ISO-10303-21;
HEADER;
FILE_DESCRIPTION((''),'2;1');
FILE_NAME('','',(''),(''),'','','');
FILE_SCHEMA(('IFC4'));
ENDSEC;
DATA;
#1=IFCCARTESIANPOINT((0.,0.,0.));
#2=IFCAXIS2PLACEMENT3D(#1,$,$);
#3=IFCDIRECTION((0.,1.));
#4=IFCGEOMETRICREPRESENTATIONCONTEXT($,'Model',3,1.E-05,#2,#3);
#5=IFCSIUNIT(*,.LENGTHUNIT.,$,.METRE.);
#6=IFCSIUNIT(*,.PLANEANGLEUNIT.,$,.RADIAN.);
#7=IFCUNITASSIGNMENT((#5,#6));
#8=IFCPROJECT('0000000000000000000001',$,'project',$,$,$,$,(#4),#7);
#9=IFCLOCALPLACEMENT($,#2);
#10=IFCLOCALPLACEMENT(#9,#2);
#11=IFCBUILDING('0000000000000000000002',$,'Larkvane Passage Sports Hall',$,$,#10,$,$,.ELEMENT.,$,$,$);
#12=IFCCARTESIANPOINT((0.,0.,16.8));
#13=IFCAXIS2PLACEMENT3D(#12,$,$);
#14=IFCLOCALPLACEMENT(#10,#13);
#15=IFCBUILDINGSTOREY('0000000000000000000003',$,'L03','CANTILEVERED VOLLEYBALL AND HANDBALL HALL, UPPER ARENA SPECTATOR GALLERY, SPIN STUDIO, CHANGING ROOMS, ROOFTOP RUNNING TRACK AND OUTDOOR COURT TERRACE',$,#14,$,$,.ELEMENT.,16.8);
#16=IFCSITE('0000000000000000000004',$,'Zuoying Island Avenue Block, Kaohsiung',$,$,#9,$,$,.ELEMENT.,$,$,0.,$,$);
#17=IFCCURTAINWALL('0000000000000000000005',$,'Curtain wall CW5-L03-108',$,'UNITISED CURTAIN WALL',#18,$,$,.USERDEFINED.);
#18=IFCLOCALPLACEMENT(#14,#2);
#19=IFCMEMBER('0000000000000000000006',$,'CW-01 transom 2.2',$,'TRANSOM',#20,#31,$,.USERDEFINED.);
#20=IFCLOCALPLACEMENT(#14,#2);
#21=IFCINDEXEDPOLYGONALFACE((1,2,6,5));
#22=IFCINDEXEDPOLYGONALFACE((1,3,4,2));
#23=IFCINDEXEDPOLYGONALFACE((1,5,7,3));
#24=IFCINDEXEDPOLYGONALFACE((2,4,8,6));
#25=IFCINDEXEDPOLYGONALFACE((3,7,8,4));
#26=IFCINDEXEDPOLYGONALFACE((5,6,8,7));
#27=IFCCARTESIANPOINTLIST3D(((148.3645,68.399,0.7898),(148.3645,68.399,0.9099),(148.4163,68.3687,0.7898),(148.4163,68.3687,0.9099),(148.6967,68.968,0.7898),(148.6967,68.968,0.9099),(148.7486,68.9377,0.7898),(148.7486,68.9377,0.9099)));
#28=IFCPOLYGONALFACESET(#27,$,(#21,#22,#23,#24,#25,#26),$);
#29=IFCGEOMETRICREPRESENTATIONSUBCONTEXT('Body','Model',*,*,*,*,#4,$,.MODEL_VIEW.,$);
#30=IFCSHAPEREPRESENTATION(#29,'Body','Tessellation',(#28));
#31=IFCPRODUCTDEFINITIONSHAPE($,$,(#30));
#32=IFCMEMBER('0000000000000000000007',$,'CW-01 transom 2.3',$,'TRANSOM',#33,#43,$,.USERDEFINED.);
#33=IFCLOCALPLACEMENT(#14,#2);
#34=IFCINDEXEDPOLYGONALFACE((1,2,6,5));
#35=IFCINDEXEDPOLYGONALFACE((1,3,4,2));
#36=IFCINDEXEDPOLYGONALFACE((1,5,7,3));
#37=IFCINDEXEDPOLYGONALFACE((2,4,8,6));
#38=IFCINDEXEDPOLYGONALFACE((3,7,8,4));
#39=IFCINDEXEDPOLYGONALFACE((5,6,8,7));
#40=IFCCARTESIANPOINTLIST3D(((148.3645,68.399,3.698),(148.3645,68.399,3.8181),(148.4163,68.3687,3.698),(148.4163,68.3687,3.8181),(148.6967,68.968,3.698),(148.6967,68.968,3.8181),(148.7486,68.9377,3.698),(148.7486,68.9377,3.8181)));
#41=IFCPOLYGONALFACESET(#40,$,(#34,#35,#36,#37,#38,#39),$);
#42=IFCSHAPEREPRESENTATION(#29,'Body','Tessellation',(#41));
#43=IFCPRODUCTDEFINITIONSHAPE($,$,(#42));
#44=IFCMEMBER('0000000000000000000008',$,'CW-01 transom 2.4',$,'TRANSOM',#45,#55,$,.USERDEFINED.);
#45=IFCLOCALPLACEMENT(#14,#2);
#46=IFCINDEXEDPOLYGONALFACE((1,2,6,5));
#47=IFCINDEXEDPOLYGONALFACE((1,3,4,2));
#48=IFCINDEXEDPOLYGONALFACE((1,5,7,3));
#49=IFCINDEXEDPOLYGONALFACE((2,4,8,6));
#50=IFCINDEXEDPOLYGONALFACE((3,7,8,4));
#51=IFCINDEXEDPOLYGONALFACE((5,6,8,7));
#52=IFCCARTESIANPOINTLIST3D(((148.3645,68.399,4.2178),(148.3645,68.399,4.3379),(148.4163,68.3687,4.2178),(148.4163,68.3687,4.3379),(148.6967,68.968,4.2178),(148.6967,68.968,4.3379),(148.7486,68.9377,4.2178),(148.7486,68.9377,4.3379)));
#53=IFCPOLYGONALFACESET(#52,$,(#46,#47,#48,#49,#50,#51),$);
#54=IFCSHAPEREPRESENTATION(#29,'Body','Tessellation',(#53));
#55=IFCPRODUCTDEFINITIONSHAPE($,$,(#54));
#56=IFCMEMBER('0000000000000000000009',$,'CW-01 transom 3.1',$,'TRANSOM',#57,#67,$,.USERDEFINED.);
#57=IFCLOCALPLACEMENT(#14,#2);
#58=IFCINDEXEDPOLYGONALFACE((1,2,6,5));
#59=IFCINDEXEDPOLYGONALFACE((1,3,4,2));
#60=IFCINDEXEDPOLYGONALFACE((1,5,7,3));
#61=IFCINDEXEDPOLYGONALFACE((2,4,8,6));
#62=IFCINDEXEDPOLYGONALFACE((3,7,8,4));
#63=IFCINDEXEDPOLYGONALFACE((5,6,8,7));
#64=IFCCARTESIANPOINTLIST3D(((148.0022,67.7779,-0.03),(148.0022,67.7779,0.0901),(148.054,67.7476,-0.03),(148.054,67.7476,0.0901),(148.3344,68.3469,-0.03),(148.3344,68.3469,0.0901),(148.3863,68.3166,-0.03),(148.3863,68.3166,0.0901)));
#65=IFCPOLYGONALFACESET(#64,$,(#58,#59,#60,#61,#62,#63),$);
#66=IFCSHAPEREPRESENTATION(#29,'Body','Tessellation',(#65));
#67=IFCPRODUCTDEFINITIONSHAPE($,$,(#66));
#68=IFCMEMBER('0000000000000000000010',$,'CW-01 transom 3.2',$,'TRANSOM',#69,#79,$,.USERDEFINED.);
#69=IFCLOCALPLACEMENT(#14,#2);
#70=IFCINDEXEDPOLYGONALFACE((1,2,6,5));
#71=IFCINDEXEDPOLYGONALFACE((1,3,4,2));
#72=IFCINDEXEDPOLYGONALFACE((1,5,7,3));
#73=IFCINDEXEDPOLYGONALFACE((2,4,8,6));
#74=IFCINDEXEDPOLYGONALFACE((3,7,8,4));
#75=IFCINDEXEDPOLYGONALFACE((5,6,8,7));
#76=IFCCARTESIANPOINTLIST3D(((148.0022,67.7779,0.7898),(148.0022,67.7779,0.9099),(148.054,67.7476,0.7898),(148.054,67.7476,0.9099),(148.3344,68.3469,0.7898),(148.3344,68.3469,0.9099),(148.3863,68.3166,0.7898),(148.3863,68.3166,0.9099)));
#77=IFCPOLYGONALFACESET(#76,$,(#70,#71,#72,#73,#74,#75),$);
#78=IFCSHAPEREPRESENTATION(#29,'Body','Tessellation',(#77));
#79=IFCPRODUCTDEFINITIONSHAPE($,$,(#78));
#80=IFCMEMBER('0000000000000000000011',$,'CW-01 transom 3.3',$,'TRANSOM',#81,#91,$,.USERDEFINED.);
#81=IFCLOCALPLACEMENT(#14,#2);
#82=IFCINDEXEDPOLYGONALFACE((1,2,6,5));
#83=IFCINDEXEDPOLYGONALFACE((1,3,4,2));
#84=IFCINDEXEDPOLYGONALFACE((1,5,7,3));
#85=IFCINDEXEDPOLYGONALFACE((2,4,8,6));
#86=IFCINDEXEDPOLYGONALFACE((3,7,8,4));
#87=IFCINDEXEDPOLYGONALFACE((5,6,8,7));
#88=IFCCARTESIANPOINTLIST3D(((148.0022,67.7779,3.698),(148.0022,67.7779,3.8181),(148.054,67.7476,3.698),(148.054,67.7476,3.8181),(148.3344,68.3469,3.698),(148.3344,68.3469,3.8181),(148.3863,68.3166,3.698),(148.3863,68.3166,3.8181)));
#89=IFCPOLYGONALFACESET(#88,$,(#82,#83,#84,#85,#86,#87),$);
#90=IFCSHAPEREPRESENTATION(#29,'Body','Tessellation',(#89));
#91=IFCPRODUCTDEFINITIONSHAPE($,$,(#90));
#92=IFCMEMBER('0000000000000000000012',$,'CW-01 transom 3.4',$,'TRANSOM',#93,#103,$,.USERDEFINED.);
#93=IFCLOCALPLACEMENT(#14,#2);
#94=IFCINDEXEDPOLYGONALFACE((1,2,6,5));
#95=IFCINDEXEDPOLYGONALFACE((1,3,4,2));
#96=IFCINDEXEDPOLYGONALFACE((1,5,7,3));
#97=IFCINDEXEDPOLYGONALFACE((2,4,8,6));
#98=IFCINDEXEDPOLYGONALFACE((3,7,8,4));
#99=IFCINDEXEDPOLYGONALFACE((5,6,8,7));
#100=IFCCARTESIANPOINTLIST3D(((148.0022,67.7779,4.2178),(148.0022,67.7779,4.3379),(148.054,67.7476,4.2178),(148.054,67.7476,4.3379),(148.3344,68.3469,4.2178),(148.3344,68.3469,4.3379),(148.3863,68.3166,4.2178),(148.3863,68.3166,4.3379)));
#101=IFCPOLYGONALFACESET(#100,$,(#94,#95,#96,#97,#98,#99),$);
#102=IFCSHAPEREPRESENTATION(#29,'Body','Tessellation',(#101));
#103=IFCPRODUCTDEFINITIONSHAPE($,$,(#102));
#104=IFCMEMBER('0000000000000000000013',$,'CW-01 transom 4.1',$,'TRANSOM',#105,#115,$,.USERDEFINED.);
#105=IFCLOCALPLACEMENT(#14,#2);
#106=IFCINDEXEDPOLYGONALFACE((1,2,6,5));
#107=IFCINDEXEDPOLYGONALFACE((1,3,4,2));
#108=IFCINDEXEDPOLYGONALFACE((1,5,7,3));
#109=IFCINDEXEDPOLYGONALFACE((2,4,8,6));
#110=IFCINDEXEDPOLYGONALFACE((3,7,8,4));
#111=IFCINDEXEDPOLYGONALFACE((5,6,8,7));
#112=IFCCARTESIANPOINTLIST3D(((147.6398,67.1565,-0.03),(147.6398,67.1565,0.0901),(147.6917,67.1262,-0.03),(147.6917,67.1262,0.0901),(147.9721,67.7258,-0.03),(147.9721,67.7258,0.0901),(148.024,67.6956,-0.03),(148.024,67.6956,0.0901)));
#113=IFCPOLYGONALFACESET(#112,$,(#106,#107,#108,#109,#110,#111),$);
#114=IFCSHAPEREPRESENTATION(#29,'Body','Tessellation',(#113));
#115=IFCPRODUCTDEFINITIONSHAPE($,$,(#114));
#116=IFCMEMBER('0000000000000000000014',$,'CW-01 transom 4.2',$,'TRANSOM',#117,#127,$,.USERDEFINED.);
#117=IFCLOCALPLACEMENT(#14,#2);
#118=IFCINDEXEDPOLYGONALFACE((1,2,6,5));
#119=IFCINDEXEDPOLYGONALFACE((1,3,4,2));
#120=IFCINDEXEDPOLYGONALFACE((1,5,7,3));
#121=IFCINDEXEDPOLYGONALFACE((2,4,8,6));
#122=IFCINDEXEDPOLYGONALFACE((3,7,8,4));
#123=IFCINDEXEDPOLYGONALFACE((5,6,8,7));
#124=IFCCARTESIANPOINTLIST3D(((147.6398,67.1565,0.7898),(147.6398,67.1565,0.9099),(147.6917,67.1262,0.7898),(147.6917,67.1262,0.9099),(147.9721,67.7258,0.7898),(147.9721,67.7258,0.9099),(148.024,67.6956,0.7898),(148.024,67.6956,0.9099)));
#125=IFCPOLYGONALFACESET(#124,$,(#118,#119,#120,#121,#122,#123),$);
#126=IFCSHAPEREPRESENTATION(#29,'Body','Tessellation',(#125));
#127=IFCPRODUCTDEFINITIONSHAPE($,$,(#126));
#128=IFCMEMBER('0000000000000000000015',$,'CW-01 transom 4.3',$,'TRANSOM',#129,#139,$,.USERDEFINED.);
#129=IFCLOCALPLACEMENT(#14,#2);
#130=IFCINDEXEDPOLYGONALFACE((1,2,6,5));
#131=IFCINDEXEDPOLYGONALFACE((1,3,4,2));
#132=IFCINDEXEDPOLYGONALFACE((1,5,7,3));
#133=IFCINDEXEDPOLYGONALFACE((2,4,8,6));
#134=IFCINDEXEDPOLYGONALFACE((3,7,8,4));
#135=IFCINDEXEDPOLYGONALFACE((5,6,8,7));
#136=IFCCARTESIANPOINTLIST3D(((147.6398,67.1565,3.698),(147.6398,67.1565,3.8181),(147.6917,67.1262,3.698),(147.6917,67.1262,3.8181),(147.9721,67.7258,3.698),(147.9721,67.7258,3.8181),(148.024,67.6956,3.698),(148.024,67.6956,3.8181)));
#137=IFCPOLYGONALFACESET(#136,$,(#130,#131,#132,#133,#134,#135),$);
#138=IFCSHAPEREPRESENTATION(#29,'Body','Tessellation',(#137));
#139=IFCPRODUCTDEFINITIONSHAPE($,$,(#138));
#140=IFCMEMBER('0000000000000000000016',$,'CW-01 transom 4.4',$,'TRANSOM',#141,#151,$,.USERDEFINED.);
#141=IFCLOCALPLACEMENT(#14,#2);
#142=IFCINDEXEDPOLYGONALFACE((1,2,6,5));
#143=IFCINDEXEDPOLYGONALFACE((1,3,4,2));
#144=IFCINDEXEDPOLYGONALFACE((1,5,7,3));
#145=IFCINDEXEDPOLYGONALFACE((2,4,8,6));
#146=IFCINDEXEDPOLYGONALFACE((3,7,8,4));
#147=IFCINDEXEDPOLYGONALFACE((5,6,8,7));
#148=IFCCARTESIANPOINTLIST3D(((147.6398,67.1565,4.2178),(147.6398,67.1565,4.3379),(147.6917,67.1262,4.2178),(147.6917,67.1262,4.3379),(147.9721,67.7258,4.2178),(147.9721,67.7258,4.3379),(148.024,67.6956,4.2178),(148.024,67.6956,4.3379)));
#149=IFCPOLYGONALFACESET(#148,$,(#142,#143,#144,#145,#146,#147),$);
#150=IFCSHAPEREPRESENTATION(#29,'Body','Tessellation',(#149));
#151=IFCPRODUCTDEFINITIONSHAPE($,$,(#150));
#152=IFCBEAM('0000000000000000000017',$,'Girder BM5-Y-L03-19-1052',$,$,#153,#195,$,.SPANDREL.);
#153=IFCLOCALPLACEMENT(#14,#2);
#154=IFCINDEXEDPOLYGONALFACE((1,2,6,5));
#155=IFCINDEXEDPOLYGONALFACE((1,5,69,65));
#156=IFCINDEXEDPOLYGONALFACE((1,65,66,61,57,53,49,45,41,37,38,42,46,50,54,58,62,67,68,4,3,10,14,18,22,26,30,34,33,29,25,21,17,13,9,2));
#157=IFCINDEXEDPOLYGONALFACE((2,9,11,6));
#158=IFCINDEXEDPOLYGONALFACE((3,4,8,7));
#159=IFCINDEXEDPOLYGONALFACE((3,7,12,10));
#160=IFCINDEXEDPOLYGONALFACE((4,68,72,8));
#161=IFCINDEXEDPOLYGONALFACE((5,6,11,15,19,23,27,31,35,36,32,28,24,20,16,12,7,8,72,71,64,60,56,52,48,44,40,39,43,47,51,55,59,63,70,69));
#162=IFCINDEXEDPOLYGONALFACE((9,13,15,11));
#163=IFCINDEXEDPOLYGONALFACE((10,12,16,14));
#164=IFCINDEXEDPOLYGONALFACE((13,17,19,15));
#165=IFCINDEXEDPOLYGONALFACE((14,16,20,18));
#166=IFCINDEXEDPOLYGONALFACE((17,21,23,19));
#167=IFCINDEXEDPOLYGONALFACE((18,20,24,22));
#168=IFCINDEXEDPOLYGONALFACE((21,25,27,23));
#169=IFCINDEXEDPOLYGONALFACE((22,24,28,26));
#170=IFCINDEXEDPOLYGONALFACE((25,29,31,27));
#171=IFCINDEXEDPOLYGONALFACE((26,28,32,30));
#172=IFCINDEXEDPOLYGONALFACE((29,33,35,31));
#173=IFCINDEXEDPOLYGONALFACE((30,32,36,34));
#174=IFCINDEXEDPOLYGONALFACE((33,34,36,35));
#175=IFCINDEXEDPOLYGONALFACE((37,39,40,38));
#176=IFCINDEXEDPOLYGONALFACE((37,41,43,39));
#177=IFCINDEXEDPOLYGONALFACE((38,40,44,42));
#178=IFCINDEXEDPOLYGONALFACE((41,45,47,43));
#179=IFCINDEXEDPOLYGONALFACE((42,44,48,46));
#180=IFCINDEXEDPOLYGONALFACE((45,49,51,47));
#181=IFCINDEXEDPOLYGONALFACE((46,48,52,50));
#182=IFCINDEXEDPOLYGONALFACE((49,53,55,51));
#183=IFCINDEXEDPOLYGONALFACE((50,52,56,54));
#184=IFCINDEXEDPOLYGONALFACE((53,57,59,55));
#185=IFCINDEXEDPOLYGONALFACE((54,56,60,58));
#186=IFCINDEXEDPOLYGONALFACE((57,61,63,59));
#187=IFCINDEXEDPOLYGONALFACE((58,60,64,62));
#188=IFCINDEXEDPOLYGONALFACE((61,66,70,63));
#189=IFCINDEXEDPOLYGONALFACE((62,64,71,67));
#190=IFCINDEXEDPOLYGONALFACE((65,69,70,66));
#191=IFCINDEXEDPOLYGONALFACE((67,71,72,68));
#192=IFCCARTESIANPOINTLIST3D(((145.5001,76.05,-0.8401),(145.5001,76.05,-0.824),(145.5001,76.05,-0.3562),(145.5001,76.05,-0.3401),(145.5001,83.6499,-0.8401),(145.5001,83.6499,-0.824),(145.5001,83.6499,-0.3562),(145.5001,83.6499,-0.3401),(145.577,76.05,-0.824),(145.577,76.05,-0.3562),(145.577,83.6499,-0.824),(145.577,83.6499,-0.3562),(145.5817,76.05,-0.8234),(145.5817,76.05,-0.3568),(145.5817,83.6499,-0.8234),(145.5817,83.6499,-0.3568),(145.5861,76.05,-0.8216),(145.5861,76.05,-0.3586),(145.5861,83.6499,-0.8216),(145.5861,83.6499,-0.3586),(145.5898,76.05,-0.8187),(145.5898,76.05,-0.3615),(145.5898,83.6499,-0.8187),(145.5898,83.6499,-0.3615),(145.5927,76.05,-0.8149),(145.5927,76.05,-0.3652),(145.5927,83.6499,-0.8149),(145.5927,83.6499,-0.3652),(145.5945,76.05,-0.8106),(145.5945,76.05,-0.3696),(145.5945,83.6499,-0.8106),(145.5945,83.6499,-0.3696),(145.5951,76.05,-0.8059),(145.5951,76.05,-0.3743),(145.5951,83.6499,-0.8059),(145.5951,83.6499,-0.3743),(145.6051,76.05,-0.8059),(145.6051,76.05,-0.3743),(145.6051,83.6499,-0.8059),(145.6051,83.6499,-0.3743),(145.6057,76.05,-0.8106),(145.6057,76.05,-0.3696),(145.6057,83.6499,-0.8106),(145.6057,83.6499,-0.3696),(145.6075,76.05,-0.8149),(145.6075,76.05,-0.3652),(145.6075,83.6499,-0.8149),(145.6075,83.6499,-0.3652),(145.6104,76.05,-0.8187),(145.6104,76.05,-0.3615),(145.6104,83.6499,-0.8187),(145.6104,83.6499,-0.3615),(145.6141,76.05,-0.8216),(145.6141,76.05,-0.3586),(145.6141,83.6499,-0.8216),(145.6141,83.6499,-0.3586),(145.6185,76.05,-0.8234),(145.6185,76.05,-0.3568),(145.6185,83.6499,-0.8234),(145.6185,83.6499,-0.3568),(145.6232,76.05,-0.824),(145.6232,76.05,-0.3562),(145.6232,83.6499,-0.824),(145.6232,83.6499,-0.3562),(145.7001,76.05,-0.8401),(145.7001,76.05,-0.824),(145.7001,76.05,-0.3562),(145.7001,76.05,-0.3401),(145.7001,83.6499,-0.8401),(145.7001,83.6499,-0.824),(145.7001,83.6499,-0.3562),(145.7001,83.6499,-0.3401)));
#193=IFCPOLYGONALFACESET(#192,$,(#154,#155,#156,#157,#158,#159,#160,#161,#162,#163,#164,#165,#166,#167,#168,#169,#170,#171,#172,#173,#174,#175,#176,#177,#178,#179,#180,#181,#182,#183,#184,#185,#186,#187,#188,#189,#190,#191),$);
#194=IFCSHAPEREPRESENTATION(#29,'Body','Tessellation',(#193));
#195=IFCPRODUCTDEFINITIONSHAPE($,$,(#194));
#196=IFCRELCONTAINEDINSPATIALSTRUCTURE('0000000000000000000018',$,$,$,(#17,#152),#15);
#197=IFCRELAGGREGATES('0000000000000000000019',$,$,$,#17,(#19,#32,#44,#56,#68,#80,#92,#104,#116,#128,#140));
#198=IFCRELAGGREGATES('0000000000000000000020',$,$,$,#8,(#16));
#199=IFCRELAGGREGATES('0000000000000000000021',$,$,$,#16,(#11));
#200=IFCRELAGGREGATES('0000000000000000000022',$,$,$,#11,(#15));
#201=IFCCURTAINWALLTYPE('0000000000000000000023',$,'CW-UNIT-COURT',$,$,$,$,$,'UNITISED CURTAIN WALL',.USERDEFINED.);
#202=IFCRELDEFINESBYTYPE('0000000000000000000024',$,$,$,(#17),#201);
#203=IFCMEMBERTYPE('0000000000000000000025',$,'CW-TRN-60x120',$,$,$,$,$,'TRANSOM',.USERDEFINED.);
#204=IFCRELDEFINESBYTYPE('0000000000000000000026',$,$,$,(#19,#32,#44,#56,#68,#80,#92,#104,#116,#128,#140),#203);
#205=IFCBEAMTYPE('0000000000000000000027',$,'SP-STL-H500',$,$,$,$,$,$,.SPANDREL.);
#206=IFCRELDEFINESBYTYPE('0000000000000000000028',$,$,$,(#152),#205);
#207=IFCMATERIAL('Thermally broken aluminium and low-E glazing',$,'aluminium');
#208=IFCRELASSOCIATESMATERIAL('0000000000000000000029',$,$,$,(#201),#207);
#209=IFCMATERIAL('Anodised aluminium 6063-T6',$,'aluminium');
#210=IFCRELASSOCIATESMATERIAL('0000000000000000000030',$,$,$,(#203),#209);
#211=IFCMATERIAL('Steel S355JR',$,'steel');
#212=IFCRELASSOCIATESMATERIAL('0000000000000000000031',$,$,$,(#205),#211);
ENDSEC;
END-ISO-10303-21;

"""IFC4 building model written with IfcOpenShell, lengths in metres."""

from ifc_helpers import new_model, si_unit, direction, frame, origin, origin_2d, place, context, subcontext, project, spatial, rectangle, i_section, extrude, material, material_profile, profile_set, type_object, element, aggregate, save


model = new_model("IFC4")

# Units and contexts
model_context = context("Model", 3, precision=1e-05, world=origin(), true_north=direction((0.0, 1.0)))
body_context = subcontext(model_context, "Body", "Model", "MODEL_VIEW")
ifc_project = project(units=[si_unit("LENGTHUNIT", "METRE"), si_unit("PLANEANGLEUNIT", "RADIAN")], contexts=[model_context])

# Site, building, storey
site_placement = place(None, origin())
site = spatial("IfcSite", under=ifc_project, at=site_placement, Name="Zuoying Island Avenue Block, Kaohsiung", CompositionType="ELEMENT", RefElevation=0.0)
building_placement = place(site_placement, origin())
building = spatial("IfcBuilding", under=site, at=building_placement, Name="Larkvane Passage Sports Hall", CompositionType="ELEMENT")
storey_placement = place(building_placement, frame((0.0, 0.0, 16.8)))
storey = spatial("IfcBuildingStorey", under=building, at=storey_placement, Name="L03", Description="CANTILEVERED VOLLEYBALL AND HANDBALL HALL, UPPER ARENA SPECTATOR GALLERY, SPIN STUDIO, CHANGING ROOMS, ROOFTOP RUNNING TRACK AND OUTDOOR COURT TERRACE", CompositionType="ELEMENT", Elevation=16.8)

# Shared definitions
ifc_material_1 = material(Name="Steel S355JR", Category="steel")

# Curtain wall, members
ifc_material_2 = material(Name="Thermally broken aluminium and low-E glazing", Category="aluminium")
curtain_wall_type = type_object("IfcCurtainWallType", Name="CW-UNIT-COURT", ElementType="UNITISED CURTAIN WALL", PredefinedType="USERDEFINED", material=ifc_material_2)
curtain_wall_placement = place(storey_placement, origin())
curtain_wall = element("IfcCurtainWall", 1, at=curtain_wall_placement, inside=storey, type_object=curtain_wall_type, Name="Curtain wall CW5-L03-108", ObjectType="UNITISED CURTAIN WALL", PredefinedType="USERDEFINED")
ifc_material_3 = material(Name="Anodised aluminium 6063-T6", Category="aluminium")
ifc_material_profile_1 = material_profile(ifc_material_3, rectangle(XDim=0.0601, YDim=0.1201, at=origin_2d()), Name="ALU-TRN-60x120")
ifc_profile_set_1 = profile_set([ifc_material_profile_1], Name="Anodised aluminium 6063-T6")
member_type_1 = type_object("IfcMemberType", Name="CW-TRN-60x120", ElementType="TRANSOM", PredefinedType="USERDEFINED", material=ifc_profile_set_1)
member_1_placement = place(storey_placement, frame((148.7227, 68.9529, 0.8499), z_axis=(-0.504217, -0.863577, 0.0), x_axis=(0.863577, -0.504217, 0.0)))
member_1 = element("IfcMember", 2, at=member_1_placement, type_object=member_type_1, Name="CW-01 transom 2.2", ObjectType="TRANSOM", PredefinedType="USERDEFINED", context=body_context, shape_type="SweptSolid", body=[
    extrude(rectangle(XDim=0.0601, YDim=0.1201, at=origin_2d()), origin(), (0.0, 0.0, 1.0), 0.6589),
])
member_2_placement = place(storey_placement, frame((148.7227, 68.9529, 3.7581), z_axis=(-0.504217, -0.863577, 0.0), x_axis=(0.863577, -0.504217, 0.0)))
member_2 = element("IfcMember", 3, at=member_2_placement, type_object=member_type_1, Name="CW-01 transom 2.3", ObjectType="TRANSOM", PredefinedType="USERDEFINED", context=body_context, shape_type="SweptSolid", body=[
    extrude(rectangle(XDim=0.0601, YDim=0.1201, at=origin_2d()), origin(), (0.0, 0.0, 1.0), 0.6589),
])
member_3_placement = place(storey_placement, frame((148.7227, 68.9529, 4.2778), z_axis=(-0.504217, -0.863577, 0.0), x_axis=(0.863577, -0.504217, 0.0)))
member_3 = element("IfcMember", 4, at=member_3_placement, type_object=member_type_1, Name="CW-01 transom 2.4", ObjectType="TRANSOM", PredefinedType="USERDEFINED", context=body_context, shape_type="SweptSolid", body=[
    extrude(rectangle(XDim=0.0601, YDim=0.1201, at=origin_2d()), origin(), (0.0, 0.0, 1.0), 0.6589),
])
member_4_placement = place(storey_placement, frame((148.3604, 68.3318, 0.03), z_axis=(-0.504217, -0.863577, 0.0), x_axis=(0.863577, -0.504217, 0.0)))
member_4 = element("IfcMember", 5, at=member_4_placement, type_object=member_type_1, Name="CW-01 transom 3.1", ObjectType="TRANSOM", PredefinedType="USERDEFINED", context=body_context, shape_type="SweptSolid", body=[
    extrude(rectangle(XDim=0.0601, YDim=0.1201, at=origin_2d()), origin(), (0.0, 0.0, 1.0), 0.6589),
])
member_5_placement = place(storey_placement, frame((148.3604, 68.3318, 0.8499), z_axis=(-0.504217, -0.863577, 0.0), x_axis=(0.863577, -0.504217, 0.0)))
member_5 = element("IfcMember", 6, at=member_5_placement, type_object=member_type_1, Name="CW-01 transom 3.2", ObjectType="TRANSOM", PredefinedType="USERDEFINED", context=body_context, shape_type="SweptSolid", body=[
    extrude(rectangle(XDim=0.0601, YDim=0.1201, at=origin_2d()), origin(), (0.0, 0.0, 1.0), 0.6589),
])
member_6_placement = place(storey_placement, frame((148.3604, 68.3318, 3.7581), z_axis=(-0.504217, -0.863577, 0.0), x_axis=(0.863577, -0.504217, 0.0)))
member_6 = element("IfcMember", 7, at=member_6_placement, type_object=member_type_1, Name="CW-01 transom 3.3", ObjectType="TRANSOM", PredefinedType="USERDEFINED", context=body_context, shape_type="SweptSolid", body=[
    extrude(rectangle(XDim=0.0601, YDim=0.1201, at=origin_2d()), origin(), (0.0, 0.0, 1.0), 0.6589),
])
member_7_placement = place(storey_placement, frame((148.3604, 68.3318, 4.2778), z_axis=(-0.504217, -0.863577, 0.0), x_axis=(0.863577, -0.504217, 0.0)))
member_7 = element("IfcMember", 8, at=member_7_placement, type_object=member_type_1, Name="CW-01 transom 3.4", ObjectType="TRANSOM", PredefinedType="USERDEFINED", context=body_context, shape_type="SweptSolid", body=[
    extrude(rectangle(XDim=0.0601, YDim=0.1201, at=origin_2d()), origin(), (0.0, 0.0, 1.0), 0.6589),
])
member_8_placement = place(storey_placement, frame((147.998, 67.7107, 0.03), z_axis=(-0.504055, -0.863671, 0.0), x_axis=(0.863671, -0.504055, 0.0)))
member_8 = element("IfcMember", 9, at=member_8_placement, type_object=member_type_1, Name="CW-01 transom 4.1", ObjectType="TRANSOM", PredefinedType="USERDEFINED", context=body_context, shape_type="SweptSolid", body=[
    extrude(rectangle(XDim=0.0601, YDim=0.1201, at=origin_2d()), origin(), (0.0, 0.0, 1.0), 0.6592),
])
member_9_placement = place(storey_placement, frame((147.998, 67.7107, 0.8499), z_axis=(-0.504055, -0.863671, 0.0), x_axis=(0.863671, -0.504055, 0.0)))
member_9 = element("IfcMember", 10, at=member_9_placement, type_object=member_type_1, Name="CW-01 transom 4.2", ObjectType="TRANSOM", PredefinedType="USERDEFINED", context=body_context, shape_type="SweptSolid", body=[
    extrude(rectangle(XDim=0.0601, YDim=0.1201, at=origin_2d()), origin(), (0.0, 0.0, 1.0), 0.6592),
])
member_10_placement = place(storey_placement, frame((147.998, 67.7107, 3.7581), z_axis=(-0.504055, -0.863671, 0.0), x_axis=(0.863671, -0.504055, 0.0)))
member_10 = element("IfcMember", 11, at=member_10_placement, type_object=member_type_1, Name="CW-01 transom 4.3", ObjectType="TRANSOM", PredefinedType="USERDEFINED", context=body_context, shape_type="SweptSolid", body=[
    extrude(rectangle(XDim=0.0601, YDim=0.1201, at=origin_2d()), origin(), (0.0, 0.0, 1.0), 0.6592),
])
member_11_placement = place(storey_placement, frame((147.998, 67.7107, 4.2778), z_axis=(-0.504055, -0.863671, 0.0), x_axis=(0.863671, -0.504055, 0.0)))
member_11 = element("IfcMember", 12, at=member_11_placement, type_object=member_type_1, Name="CW-01 transom 4.4", ObjectType="TRANSOM", PredefinedType="USERDEFINED", context=body_context, shape_type="SweptSolid", body=[
    extrude(rectangle(XDim=0.0601, YDim=0.1201, at=origin_2d()), origin(), (0.0, 0.0, 1.0), 0.6592),
])

# Beam
ifc_material_profile_2 = material_profile(ifc_material_1, i_section(OverallWidth=0.2, OverallDepth=0.5, WebThickness=0.01, FlangeThickness=0.0161, FilletRadius=0.0181, at=origin_2d()), Name="H-500x200x10x16")
ifc_profile_set_2 = profile_set([ifc_material_profile_2], Name="Steel S355JR")
beam_type_1 = type_object("IfcBeamType", Name="SP-STL-H500", PredefinedType="SPANDREL", material=ifc_profile_set_2)
beam_1_placement = place(storey_placement, frame((145.6001, 76.05, -0.5901), z_axis=(0.0, 1.0, 0.0), x_axis=(-1.0, 0.0, 0.0)))
element("IfcBeam", 13, at=beam_1_placement, inside=storey, type_object=beam_type_1, Name="Girder BM5-Y-L03-19-1052", PredefinedType="SPANDREL", context=body_context, shape_type="SweptSolid", body=[
    extrude(i_section(OverallWidth=0.2, OverallDepth=0.5, WebThickness=0.01, FlangeThickness=0.0161, FilletRadius=0.0181, at=origin_2d()), origin(), (0.0, 0.0, 1.0), 7.5999),
])

aggregate(curtain_wall, [member_1, member_2, member_3, member_4, member_5, member_6, member_7, member_8, member_9, member_10, member_11])

save(model, "model.ifc")
